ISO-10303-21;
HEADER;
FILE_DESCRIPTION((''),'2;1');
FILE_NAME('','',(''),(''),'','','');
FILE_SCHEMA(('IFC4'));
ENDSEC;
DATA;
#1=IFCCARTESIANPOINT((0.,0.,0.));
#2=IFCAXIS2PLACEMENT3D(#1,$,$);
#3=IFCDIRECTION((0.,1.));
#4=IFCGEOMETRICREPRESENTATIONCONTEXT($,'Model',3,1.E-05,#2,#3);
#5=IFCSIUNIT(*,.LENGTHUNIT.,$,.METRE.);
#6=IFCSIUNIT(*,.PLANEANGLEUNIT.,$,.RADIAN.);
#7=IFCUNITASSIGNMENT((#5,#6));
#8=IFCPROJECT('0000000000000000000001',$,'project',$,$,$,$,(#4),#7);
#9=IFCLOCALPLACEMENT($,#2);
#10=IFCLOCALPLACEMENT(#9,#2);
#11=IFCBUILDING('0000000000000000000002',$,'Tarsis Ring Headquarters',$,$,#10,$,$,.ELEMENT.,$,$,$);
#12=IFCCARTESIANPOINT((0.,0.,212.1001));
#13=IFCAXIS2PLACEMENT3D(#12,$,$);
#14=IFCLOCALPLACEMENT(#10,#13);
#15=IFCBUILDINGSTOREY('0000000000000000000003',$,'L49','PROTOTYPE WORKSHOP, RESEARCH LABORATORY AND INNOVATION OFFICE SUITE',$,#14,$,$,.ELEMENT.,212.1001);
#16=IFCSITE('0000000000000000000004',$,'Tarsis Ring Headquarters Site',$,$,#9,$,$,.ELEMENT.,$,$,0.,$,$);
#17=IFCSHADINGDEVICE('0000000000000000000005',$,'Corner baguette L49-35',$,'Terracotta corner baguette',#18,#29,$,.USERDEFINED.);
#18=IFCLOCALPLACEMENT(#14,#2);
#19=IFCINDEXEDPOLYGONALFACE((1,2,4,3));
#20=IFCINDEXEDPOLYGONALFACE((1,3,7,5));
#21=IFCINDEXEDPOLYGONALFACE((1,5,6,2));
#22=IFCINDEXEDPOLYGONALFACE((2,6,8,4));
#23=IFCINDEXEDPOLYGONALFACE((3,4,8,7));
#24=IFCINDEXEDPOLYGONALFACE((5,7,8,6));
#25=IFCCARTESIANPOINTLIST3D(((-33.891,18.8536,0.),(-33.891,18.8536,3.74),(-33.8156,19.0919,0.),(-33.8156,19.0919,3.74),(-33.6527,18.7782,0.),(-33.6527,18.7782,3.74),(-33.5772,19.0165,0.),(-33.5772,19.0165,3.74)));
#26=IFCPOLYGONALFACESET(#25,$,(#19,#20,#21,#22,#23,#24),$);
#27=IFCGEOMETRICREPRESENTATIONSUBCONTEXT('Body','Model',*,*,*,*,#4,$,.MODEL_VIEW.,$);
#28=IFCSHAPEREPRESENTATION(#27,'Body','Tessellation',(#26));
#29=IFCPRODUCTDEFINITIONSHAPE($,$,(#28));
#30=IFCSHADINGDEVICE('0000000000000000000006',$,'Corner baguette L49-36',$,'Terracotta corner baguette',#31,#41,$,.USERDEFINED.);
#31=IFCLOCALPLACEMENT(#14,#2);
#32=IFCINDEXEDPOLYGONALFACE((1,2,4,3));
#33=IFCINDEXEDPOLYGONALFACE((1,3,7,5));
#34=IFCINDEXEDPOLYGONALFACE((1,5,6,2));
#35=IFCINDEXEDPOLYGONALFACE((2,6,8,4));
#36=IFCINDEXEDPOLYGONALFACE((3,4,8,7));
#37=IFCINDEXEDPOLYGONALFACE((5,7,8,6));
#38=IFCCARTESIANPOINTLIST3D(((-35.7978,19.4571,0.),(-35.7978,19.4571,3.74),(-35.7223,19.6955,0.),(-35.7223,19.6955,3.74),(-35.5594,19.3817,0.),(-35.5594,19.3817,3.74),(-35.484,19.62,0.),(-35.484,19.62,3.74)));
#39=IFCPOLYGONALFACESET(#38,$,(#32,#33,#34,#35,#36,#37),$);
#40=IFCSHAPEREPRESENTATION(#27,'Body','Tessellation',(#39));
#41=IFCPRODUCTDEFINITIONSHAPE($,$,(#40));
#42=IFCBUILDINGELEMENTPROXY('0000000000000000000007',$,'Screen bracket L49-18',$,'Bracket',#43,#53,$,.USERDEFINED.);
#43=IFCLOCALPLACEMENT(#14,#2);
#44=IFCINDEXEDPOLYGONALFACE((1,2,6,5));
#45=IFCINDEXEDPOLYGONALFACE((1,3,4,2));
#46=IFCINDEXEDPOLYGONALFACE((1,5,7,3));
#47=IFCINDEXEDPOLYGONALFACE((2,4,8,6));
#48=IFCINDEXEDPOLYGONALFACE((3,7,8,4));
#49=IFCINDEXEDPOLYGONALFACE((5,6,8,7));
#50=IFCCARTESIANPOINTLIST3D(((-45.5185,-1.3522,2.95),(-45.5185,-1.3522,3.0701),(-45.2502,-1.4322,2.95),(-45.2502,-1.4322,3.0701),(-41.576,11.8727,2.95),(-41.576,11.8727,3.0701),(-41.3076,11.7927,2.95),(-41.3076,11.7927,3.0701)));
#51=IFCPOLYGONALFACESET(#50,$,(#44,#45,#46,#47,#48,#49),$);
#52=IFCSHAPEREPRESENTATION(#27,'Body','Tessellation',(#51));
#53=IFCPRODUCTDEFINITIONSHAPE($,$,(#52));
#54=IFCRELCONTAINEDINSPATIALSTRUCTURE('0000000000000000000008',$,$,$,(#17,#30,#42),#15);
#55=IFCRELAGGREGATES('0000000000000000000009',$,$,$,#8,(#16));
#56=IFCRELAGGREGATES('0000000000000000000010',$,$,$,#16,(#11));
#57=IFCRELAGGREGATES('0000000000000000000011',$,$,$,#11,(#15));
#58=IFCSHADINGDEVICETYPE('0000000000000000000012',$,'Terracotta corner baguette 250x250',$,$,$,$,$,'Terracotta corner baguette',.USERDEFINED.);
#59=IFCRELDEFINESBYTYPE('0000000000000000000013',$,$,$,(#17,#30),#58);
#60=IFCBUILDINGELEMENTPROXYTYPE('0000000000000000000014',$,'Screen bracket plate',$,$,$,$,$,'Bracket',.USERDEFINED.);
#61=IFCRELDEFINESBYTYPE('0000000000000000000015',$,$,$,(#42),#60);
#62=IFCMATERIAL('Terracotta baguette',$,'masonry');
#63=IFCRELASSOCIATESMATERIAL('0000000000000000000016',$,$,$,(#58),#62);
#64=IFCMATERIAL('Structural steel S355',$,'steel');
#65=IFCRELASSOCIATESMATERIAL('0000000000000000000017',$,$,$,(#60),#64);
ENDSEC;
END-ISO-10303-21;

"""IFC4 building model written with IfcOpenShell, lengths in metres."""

from ifc_helpers import new_model, si_unit, direction, frame, origin, origin_2d, place, context, subcontext, project, spatial, rectangle, extrude, material, type_object, element, save


model = new_model("IFC4")

# Units and contexts
model_context = context("Model", 3, precision=1e-05, world=origin(), true_north=direction((0.0, 1.0)))
body_context = subcontext(model_context, "Body", "Model", "MODEL_VIEW")
ifc_project = project(units=[si_unit("LENGTHUNIT", "METRE"), si_unit("PLANEANGLEUNIT", "RADIAN")], contexts=[model_context])

# Site, building, storey
site_placement = place(None, origin())
site = spatial("IfcSite", under=ifc_project, at=site_placement, Name="Tarsis Ring Headquarters Site", CompositionType="ELEMENT", RefElevation=0.0)
building_placement = place(site_placement, origin())
building = spatial("IfcBuilding", under=site, at=building_placement, Name="Tarsis Ring Headquarters", CompositionType="ELEMENT")
storey_placement = place(building_placement, frame((0.0, 0.0, 212.1001)))
storey = spatial("IfcBuildingStorey", under=building, at=storey_placement, Name="L49", Description="PROTOTYPE WORKSHOP, RESEARCH LABORATORY AND INNOVATION OFFICE SUITE", CompositionType="ELEMENT", Elevation=212.1001)

# Shared definitions
ifc_material_1 = material(Name="Structural steel S355", Category="steel")

# Shading devices
ifc_material_2 = material(Name="Terracotta baguette", Category="masonry")
shading_device_type_1 = type_object("IfcShadingDeviceType", Name="Terracotta corner baguette 250x250", ElementType="Terracotta corner baguette", PredefinedType="USERDEFINED", material=ifc_material_2)
for number, where, z_axis, x_axis, name in (
    (1, (-33.7341, 18.9351, 0.0), (0.0, 0.0, 1.0), (-0.301704, -0.953402, 0.0), "Corner baguette L49-35"),
    (2, (-35.6409, 19.5386, 0.0), (0.0, 0.0, 1.0), (-0.953401, 0.301704, 0.0), "Corner baguette L49-36"),
):
    element("IfcShadingDevice", number, at=place(storey_placement, frame(where, z_axis=z_axis, x_axis=x_axis)), inside=storey, type_object=shading_device_type_1, Name=name, ObjectType="Terracotta corner baguette", PredefinedType="USERDEFINED", context=body_context, shape_type="SweptSolid", body=[
        extrude(rectangle(XDim=0.25, YDim=0.25, at=origin_2d()), origin(), (0.0, 0.0, 1.0), 3.74),
    ])

# Building element proxy
building_element_proxy_type = type_object("IfcBuildingElementProxyType", Name="Screen bracket plate", ElementType="Bracket", PredefinedType="USERDEFINED", material=ifc_material_1)
proxy_placement = place(storey_placement, frame((-43.4131, 5.2202, 2.95), z_axis=(0.0, 0.0, 1.0), x_axis=(-0.285688, -0.958323, 0.0)))
element("IfcBuildingElementProxy", 3, at=proxy_placement, inside=storey, type_object=building_element_proxy_type, Name="Screen bracket L49-18", ObjectType="Bracket", PredefinedType="USERDEFINED", context=body_context, shape_type="SweptSolid", body=[
    extrude(rectangle(XDim=13.8, YDim=0.28, at=origin_2d()), origin(), (0.0, 0.0, 1.0), 0.1201),
])

save(model, "model.ifc")
